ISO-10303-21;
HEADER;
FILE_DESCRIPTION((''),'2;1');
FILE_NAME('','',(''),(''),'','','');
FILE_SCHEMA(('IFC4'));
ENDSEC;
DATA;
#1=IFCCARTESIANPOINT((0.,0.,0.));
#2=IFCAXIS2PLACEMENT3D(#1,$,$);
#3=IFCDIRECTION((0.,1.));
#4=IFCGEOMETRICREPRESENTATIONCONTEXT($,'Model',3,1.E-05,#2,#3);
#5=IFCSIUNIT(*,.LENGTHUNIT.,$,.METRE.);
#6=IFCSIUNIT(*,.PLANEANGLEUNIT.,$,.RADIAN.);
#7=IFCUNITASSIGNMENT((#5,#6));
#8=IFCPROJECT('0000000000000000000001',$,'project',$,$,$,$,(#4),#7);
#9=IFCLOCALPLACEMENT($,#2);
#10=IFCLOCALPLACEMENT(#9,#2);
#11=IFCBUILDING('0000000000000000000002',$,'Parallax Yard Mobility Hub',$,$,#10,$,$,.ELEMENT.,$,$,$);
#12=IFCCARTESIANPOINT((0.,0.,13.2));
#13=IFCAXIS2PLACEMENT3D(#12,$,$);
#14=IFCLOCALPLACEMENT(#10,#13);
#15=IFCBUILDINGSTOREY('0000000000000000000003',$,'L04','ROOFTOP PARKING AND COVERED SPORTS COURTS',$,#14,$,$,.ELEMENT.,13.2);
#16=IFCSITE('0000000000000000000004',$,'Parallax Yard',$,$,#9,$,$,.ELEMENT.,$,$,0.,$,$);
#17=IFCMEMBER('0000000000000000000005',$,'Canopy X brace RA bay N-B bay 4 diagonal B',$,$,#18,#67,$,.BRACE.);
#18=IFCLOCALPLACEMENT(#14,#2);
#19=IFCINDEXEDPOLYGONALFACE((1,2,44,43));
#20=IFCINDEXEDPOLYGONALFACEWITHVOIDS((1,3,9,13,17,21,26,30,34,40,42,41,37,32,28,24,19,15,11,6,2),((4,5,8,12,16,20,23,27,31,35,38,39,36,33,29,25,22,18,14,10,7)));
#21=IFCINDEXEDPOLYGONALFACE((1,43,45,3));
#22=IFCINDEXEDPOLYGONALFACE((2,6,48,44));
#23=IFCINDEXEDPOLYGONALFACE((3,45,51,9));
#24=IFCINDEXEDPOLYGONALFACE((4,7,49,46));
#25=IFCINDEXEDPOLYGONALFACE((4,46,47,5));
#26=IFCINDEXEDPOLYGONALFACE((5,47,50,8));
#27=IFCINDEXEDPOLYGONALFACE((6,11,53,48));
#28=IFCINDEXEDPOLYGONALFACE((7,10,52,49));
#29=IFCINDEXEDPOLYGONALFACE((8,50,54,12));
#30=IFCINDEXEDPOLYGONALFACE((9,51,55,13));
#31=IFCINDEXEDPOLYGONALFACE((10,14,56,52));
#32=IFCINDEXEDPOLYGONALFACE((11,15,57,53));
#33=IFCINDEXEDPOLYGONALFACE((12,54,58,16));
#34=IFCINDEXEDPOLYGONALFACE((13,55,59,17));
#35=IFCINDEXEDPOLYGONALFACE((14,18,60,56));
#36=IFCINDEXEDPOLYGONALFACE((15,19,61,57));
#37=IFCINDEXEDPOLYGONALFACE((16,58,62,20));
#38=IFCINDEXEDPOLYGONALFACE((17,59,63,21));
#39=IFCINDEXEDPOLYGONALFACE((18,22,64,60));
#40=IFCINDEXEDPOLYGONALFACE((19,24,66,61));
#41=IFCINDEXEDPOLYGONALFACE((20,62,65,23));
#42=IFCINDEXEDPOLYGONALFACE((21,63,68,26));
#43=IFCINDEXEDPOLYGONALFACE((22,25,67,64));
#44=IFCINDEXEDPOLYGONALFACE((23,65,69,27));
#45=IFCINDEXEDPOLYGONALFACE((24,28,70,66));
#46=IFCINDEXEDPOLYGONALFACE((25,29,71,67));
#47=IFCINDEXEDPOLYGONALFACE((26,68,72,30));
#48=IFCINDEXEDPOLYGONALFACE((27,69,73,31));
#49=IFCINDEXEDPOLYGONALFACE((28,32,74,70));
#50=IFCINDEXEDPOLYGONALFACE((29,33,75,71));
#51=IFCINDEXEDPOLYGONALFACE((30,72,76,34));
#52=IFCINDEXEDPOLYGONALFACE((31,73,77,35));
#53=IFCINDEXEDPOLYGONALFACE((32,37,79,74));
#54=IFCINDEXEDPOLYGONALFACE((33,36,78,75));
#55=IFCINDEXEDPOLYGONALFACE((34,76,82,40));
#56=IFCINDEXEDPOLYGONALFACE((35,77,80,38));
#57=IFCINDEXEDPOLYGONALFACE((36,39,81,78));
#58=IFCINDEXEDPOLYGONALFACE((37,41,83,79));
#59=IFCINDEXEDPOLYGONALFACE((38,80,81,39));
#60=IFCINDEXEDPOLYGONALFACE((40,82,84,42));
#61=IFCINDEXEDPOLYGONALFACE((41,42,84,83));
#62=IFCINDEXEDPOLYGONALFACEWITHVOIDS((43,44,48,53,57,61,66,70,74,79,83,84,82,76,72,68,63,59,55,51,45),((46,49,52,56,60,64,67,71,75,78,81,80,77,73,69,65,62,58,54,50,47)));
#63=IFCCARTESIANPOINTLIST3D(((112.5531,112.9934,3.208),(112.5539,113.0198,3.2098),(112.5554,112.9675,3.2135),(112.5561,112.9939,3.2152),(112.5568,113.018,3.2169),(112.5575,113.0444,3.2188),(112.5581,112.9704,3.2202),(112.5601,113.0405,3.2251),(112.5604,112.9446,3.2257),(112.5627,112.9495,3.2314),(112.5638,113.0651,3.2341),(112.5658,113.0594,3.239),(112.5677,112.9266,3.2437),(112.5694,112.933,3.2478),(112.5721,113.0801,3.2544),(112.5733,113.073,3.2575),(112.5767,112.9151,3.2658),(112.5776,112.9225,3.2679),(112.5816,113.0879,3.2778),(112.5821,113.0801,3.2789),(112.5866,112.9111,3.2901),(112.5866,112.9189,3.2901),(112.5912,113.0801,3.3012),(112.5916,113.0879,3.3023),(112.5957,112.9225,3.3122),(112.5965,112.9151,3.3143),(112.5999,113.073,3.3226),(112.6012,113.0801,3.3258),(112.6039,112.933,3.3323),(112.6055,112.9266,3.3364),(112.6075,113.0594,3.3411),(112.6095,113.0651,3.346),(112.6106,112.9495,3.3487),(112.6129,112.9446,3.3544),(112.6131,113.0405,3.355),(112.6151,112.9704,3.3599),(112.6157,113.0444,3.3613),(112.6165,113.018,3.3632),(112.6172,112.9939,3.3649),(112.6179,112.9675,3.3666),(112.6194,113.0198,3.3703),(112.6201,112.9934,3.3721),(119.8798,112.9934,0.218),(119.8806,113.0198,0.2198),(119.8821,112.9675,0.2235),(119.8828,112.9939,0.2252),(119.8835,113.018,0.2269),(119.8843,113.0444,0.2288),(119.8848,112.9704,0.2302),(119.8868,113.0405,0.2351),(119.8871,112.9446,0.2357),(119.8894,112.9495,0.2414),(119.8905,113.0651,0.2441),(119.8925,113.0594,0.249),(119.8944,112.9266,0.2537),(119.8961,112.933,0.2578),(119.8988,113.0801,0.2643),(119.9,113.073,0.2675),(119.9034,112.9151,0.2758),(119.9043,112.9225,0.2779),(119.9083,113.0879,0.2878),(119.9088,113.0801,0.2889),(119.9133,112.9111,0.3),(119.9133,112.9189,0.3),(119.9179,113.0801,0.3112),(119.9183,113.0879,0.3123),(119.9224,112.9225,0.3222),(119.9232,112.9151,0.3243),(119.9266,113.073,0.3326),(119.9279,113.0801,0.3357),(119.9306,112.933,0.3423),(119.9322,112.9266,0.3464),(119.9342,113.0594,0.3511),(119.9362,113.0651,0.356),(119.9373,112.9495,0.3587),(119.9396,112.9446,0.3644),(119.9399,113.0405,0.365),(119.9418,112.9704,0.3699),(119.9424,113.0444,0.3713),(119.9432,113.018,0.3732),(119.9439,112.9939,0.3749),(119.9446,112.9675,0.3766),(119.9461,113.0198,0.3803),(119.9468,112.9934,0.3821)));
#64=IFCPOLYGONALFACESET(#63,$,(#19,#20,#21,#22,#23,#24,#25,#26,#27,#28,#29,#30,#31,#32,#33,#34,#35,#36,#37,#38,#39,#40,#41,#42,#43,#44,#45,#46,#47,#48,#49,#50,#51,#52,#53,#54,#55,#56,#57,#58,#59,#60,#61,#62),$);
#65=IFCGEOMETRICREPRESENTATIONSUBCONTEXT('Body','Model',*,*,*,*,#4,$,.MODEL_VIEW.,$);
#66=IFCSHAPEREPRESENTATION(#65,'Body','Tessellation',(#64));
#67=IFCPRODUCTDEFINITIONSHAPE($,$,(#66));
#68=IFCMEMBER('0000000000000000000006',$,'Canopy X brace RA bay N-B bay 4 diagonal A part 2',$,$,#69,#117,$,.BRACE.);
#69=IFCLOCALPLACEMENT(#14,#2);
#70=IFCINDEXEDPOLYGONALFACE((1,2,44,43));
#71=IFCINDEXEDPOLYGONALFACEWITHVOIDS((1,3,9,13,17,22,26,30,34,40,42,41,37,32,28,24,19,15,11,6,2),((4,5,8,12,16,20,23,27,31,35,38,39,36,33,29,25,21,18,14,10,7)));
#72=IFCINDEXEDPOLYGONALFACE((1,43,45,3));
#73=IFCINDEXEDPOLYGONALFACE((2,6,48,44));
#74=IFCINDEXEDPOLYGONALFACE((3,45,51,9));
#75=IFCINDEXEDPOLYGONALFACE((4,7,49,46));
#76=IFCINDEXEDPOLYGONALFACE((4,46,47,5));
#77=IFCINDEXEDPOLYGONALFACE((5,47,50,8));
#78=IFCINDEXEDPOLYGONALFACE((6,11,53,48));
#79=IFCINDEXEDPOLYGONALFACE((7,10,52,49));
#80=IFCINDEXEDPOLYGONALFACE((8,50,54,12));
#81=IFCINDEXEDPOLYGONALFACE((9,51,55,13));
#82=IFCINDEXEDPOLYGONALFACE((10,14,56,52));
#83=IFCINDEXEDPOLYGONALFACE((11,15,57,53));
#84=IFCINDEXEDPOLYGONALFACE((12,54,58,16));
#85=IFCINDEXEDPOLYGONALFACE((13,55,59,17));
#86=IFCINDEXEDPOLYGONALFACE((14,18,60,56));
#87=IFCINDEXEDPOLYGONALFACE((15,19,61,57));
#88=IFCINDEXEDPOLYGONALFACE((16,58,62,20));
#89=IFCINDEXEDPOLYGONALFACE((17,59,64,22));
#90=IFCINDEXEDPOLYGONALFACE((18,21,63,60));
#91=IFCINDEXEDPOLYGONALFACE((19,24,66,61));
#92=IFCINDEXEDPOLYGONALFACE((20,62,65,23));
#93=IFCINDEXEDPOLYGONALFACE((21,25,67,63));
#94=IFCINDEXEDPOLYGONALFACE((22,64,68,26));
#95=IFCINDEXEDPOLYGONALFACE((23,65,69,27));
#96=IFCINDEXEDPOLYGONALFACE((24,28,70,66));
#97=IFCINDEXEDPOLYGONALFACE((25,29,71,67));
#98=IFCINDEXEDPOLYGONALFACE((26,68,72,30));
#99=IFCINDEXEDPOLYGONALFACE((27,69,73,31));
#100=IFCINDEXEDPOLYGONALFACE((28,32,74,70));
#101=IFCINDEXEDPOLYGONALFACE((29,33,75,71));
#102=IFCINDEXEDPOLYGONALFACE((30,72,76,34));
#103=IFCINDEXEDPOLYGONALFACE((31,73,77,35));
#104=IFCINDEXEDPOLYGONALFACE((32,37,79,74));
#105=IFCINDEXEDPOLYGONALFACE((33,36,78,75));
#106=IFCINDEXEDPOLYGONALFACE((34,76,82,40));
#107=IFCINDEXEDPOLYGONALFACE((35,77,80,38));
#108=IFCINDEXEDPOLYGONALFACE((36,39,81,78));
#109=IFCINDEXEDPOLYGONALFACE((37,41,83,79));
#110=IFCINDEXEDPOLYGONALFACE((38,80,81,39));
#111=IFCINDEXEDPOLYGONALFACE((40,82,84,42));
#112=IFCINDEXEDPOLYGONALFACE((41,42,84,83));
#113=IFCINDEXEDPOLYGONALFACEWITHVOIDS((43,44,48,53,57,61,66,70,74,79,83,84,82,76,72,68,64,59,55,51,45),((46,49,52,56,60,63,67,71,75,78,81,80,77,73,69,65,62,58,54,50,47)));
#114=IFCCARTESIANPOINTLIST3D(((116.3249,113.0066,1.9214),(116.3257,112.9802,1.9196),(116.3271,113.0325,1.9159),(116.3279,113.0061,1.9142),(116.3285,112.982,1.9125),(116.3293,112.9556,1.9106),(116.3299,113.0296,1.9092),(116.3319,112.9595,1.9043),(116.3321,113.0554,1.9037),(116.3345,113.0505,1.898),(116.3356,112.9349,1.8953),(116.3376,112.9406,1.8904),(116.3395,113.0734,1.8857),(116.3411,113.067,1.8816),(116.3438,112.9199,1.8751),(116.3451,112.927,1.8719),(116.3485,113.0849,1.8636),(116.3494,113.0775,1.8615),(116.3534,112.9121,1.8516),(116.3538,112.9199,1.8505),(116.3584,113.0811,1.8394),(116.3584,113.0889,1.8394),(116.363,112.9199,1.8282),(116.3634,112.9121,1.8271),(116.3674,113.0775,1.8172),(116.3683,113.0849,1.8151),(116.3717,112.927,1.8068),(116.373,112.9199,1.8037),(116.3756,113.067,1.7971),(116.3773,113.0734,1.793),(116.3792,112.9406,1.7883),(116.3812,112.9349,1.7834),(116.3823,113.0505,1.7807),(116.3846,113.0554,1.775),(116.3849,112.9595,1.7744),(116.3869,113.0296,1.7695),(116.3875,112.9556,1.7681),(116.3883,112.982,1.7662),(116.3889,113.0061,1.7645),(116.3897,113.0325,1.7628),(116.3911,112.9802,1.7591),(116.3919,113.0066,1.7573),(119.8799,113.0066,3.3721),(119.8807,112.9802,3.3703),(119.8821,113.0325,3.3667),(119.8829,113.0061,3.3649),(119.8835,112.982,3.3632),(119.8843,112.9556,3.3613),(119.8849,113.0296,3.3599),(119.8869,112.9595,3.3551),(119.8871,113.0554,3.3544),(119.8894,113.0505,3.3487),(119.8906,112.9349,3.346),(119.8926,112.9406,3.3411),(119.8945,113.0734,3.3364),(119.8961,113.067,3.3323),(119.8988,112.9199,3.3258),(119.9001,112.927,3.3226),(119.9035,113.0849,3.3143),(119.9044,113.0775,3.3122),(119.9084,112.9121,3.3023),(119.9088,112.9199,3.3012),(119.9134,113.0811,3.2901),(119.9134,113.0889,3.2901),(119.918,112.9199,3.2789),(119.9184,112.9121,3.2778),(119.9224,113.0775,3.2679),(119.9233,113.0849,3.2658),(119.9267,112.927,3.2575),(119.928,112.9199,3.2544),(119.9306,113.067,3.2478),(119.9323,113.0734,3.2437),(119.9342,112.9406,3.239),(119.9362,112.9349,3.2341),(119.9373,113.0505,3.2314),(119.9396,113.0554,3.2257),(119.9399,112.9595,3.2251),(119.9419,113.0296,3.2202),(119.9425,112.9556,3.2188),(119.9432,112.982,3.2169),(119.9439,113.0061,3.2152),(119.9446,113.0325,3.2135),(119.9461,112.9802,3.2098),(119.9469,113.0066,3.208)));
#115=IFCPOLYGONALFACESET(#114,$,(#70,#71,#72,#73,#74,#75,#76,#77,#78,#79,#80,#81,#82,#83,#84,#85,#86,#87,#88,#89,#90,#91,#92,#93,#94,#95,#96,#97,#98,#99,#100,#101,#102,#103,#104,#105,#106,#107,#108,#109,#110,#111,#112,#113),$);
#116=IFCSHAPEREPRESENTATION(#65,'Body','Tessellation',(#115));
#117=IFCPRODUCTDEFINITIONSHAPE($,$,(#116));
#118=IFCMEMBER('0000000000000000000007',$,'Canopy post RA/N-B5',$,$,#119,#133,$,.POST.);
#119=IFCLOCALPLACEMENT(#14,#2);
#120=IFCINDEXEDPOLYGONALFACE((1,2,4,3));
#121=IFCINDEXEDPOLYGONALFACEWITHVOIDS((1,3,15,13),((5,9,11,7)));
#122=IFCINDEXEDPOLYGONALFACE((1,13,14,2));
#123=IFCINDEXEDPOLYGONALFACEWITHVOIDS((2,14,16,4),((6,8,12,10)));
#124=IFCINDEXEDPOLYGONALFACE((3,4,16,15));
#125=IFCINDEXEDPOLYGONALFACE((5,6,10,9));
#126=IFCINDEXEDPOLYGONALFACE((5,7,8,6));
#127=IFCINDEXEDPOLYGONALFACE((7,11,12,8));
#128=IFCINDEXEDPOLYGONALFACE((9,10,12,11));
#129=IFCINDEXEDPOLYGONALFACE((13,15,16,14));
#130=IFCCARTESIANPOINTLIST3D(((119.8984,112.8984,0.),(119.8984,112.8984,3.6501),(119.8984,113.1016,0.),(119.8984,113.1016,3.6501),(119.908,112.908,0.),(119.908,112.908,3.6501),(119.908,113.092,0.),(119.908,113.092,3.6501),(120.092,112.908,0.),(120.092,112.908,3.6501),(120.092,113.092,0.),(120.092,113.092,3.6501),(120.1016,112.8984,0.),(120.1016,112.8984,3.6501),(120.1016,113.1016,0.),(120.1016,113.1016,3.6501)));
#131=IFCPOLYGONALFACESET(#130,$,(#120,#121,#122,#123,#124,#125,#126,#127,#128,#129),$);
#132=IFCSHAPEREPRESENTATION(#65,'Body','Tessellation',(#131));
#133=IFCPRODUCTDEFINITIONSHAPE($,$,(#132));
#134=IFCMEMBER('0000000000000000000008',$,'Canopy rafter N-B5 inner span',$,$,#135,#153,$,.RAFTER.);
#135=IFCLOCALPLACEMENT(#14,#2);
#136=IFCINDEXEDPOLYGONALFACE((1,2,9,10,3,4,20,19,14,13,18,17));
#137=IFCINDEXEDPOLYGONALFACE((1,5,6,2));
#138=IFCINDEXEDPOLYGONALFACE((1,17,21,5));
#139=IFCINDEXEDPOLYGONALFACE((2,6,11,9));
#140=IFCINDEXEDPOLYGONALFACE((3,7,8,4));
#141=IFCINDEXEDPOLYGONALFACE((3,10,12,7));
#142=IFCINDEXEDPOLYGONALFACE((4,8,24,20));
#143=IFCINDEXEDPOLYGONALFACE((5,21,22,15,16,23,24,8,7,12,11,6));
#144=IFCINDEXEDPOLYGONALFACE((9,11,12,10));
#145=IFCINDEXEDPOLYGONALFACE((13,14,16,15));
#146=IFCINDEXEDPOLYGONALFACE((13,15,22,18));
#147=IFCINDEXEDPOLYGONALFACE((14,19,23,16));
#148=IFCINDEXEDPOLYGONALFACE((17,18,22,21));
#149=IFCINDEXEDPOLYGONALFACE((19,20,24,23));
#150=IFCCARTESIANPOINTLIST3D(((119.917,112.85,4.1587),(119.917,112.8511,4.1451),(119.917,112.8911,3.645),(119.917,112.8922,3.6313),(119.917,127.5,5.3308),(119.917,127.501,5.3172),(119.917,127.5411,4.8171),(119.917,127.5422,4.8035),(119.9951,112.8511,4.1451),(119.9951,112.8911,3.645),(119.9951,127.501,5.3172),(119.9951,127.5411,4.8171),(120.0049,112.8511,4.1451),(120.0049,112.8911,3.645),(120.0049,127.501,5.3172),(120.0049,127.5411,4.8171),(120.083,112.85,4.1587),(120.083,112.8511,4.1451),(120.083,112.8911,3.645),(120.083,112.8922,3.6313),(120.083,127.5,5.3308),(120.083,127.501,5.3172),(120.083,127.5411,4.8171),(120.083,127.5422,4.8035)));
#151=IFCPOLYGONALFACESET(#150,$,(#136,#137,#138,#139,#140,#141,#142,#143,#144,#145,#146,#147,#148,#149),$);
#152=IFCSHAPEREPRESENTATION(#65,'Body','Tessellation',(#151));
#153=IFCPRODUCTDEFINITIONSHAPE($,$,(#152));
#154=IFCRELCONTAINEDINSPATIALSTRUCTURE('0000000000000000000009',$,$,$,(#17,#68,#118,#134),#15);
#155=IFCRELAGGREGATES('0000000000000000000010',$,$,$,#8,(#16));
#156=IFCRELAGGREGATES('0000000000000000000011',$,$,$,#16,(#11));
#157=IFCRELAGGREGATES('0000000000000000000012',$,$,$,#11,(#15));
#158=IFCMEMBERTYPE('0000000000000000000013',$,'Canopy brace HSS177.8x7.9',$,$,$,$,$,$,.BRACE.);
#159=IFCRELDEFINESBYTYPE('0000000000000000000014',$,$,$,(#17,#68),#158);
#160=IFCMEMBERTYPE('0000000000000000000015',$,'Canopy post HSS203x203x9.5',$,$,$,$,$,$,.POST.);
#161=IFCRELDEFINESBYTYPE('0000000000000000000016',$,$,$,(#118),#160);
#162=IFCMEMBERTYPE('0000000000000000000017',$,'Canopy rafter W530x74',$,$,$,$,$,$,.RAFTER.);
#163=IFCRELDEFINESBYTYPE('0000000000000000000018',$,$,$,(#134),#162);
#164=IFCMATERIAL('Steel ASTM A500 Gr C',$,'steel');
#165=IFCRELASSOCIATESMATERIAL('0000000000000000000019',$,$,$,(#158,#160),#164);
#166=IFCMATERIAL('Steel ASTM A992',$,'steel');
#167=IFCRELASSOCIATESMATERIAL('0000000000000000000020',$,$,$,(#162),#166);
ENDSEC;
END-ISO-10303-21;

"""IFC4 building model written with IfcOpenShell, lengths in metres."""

from ifc_helpers import new_model, si_unit, direction, frame, origin, origin_2d, place, context, subcontext, project, spatial, hollow_rectangle, hollow_circle, i_section, extrude, material, material_profile, profile_set, type_object, element, save


model = new_model("IFC4")

# Units and contexts
model_context = context("Model", 3, precision=1e-05, world=origin(), true_north=direction((0.0, 1.0)))
body_context = subcontext(model_context, "Body", "Model", "MODEL_VIEW")
ifc_project = project(units=[si_unit("LENGTHUNIT", "METRE"), si_unit("PLANEANGLEUNIT", "RADIAN")], contexts=[model_context])

# Site, building, storey
site_placement = place(None, origin())
site = spatial("IfcSite", under=ifc_project, at=site_placement, Name="Parallax Yard", CompositionType="ELEMENT", RefElevation=0.0)
building_placement = place(site_placement, origin())
building = spatial("IfcBuilding", under=site, at=building_placement, Name="Parallax Yard Mobility Hub", CompositionType="ELEMENT")
storey_placement = place(building_placement, frame((0.0, 0.0, 13.2)))
storey = spatial("IfcBuildingStorey", under=building, at=storey_placement, Name="L04", Description="ROOFTOP PARKING AND COVERED SPORTS COURTS", CompositionType="ELEMENT", Elevation=13.2)

# Members
ifc_material_1 = material(Name="Steel ASTM A500 Gr C", Category="steel")
ifc_material_profile_1 = material_profile(ifc_material_1, hollow_circle(Radius=0.0889, WallThickness=0.0078, at=origin_2d()), Name="HSS177.8x7.9")
ifc_profile_set_1 = profile_set([ifc_material_profile_1], Name="Steel ASTM A500 Gr C")
member_type_1 = type_object("IfcMemberType", Name="Canopy brace HSS177.8x7.9", PredefinedType="BRACE", material=ifc_profile_set_1)
member_1_placement = place(storey_placement, frame((119.9133, 113.0, 0.3), z_axis=(-0.925869, 0.0, 0.377845), x_axis=(0.0, -1.0, 0.0)))
element("IfcMember", 1, at=member_1_placement, inside=storey, type_object=member_type_1, Name="Canopy X brace RA bay N-B bay 4 diagonal B", PredefinedType="BRACE", context=body_context, shape_type="SweptSolid", body=[
    extrude(hollow_circle(Radius=0.0889, WallThickness=0.0078, at=origin_2d()), origin(), (0.0, 0.0, 1.0), 7.9133),
])
member_2_placement = place(storey_placement, frame((116.3584, 113.0, 1.8394), z_axis=(0.925876, 0.0, 0.377828), x_axis=(0.0, 1.0, 0.0)))
element("IfcMember", 2, at=member_2_placement, inside=storey, type_object=member_type_1, Name="Canopy X brace RA bay N-B bay 4 diagonal A part 2", PredefinedType="BRACE", context=body_context, shape_type="SweptSolid", body=[
    extrude(hollow_circle(Radius=0.0889, WallThickness=0.0078, at=origin_2d()), origin(), (0.0, 0.0, 1.0), 3.8396),
])
ifc_material_profile_2 = material_profile(ifc_material_1, hollow_rectangle(XDim=0.2031, YDim=0.2031, WallThickness=0.0095, at=origin_2d()), Name="HSS203x203x9.5")
ifc_profile_set_2 = profile_set([ifc_material_profile_2], Name="Steel ASTM A500 Gr C")
member_type_2 = type_object("IfcMemberType", Name="Canopy post HSS203x203x9.5", PredefinedType="POST", material=ifc_profile_set_2)
member_3_placement = place(storey_placement, frame((120.0, 113.0, 0.0), z_axis=(0.0, 0.0, 1.0), x_axis=(1.0, 0.0, 0.0)))
element("IfcMember", 3, at=member_3_placement, inside=storey, type_object=member_type_2, Name="Canopy post RA/N-B5", PredefinedType="POST", context=body_context, shape_type="SweptSolid", body=[
    extrude(hollow_rectangle(XDim=0.2031, YDim=0.2031, WallThickness=0.0095, at=origin_2d()), origin(), (0.0, 0.0, 1.0), 3.6501),
])
ifc_material_2 = material(Name="Steel ASTM A992", Category="steel")
ifc_material_profile_3 = material_profile(ifc_material_2, i_section(OverallWidth=0.166, OverallDepth=0.5291, WebThickness=0.0098, FlangeThickness=0.0137, at=origin_2d()), Name="W530x74")
ifc_profile_set_3 = profile_set([ifc_material_profile_3], Name="Steel ASTM A992")
member_type_3 = type_object("IfcMemberType", Name="Canopy rafter W530x74", PredefinedType="RAFTER", material=ifc_profile_set_3)
member_4_placement = place(storey_placement, frame((120.0, 112.8711, 3.895), z_axis=(0.0, 0.996815, 0.079754), x_axis=(-1.0, 0.0, 0.0)))
element("IfcMember", 4, at=member_4_placement, inside=storey, type_object=member_type_3, Name="Canopy rafter N-B5 inner span", PredefinedType="RAFTER", context=body_context, shape_type="SweptSolid", body=[
    extrude(i_section(OverallWidth=0.166, OverallDepth=0.5291, WebThickness=0.0098, FlangeThickness=0.0137, at=origin_2d()), origin(), (0.0, 0.0, 1.0), 14.6968),
])

save(model, "model.ifc")
